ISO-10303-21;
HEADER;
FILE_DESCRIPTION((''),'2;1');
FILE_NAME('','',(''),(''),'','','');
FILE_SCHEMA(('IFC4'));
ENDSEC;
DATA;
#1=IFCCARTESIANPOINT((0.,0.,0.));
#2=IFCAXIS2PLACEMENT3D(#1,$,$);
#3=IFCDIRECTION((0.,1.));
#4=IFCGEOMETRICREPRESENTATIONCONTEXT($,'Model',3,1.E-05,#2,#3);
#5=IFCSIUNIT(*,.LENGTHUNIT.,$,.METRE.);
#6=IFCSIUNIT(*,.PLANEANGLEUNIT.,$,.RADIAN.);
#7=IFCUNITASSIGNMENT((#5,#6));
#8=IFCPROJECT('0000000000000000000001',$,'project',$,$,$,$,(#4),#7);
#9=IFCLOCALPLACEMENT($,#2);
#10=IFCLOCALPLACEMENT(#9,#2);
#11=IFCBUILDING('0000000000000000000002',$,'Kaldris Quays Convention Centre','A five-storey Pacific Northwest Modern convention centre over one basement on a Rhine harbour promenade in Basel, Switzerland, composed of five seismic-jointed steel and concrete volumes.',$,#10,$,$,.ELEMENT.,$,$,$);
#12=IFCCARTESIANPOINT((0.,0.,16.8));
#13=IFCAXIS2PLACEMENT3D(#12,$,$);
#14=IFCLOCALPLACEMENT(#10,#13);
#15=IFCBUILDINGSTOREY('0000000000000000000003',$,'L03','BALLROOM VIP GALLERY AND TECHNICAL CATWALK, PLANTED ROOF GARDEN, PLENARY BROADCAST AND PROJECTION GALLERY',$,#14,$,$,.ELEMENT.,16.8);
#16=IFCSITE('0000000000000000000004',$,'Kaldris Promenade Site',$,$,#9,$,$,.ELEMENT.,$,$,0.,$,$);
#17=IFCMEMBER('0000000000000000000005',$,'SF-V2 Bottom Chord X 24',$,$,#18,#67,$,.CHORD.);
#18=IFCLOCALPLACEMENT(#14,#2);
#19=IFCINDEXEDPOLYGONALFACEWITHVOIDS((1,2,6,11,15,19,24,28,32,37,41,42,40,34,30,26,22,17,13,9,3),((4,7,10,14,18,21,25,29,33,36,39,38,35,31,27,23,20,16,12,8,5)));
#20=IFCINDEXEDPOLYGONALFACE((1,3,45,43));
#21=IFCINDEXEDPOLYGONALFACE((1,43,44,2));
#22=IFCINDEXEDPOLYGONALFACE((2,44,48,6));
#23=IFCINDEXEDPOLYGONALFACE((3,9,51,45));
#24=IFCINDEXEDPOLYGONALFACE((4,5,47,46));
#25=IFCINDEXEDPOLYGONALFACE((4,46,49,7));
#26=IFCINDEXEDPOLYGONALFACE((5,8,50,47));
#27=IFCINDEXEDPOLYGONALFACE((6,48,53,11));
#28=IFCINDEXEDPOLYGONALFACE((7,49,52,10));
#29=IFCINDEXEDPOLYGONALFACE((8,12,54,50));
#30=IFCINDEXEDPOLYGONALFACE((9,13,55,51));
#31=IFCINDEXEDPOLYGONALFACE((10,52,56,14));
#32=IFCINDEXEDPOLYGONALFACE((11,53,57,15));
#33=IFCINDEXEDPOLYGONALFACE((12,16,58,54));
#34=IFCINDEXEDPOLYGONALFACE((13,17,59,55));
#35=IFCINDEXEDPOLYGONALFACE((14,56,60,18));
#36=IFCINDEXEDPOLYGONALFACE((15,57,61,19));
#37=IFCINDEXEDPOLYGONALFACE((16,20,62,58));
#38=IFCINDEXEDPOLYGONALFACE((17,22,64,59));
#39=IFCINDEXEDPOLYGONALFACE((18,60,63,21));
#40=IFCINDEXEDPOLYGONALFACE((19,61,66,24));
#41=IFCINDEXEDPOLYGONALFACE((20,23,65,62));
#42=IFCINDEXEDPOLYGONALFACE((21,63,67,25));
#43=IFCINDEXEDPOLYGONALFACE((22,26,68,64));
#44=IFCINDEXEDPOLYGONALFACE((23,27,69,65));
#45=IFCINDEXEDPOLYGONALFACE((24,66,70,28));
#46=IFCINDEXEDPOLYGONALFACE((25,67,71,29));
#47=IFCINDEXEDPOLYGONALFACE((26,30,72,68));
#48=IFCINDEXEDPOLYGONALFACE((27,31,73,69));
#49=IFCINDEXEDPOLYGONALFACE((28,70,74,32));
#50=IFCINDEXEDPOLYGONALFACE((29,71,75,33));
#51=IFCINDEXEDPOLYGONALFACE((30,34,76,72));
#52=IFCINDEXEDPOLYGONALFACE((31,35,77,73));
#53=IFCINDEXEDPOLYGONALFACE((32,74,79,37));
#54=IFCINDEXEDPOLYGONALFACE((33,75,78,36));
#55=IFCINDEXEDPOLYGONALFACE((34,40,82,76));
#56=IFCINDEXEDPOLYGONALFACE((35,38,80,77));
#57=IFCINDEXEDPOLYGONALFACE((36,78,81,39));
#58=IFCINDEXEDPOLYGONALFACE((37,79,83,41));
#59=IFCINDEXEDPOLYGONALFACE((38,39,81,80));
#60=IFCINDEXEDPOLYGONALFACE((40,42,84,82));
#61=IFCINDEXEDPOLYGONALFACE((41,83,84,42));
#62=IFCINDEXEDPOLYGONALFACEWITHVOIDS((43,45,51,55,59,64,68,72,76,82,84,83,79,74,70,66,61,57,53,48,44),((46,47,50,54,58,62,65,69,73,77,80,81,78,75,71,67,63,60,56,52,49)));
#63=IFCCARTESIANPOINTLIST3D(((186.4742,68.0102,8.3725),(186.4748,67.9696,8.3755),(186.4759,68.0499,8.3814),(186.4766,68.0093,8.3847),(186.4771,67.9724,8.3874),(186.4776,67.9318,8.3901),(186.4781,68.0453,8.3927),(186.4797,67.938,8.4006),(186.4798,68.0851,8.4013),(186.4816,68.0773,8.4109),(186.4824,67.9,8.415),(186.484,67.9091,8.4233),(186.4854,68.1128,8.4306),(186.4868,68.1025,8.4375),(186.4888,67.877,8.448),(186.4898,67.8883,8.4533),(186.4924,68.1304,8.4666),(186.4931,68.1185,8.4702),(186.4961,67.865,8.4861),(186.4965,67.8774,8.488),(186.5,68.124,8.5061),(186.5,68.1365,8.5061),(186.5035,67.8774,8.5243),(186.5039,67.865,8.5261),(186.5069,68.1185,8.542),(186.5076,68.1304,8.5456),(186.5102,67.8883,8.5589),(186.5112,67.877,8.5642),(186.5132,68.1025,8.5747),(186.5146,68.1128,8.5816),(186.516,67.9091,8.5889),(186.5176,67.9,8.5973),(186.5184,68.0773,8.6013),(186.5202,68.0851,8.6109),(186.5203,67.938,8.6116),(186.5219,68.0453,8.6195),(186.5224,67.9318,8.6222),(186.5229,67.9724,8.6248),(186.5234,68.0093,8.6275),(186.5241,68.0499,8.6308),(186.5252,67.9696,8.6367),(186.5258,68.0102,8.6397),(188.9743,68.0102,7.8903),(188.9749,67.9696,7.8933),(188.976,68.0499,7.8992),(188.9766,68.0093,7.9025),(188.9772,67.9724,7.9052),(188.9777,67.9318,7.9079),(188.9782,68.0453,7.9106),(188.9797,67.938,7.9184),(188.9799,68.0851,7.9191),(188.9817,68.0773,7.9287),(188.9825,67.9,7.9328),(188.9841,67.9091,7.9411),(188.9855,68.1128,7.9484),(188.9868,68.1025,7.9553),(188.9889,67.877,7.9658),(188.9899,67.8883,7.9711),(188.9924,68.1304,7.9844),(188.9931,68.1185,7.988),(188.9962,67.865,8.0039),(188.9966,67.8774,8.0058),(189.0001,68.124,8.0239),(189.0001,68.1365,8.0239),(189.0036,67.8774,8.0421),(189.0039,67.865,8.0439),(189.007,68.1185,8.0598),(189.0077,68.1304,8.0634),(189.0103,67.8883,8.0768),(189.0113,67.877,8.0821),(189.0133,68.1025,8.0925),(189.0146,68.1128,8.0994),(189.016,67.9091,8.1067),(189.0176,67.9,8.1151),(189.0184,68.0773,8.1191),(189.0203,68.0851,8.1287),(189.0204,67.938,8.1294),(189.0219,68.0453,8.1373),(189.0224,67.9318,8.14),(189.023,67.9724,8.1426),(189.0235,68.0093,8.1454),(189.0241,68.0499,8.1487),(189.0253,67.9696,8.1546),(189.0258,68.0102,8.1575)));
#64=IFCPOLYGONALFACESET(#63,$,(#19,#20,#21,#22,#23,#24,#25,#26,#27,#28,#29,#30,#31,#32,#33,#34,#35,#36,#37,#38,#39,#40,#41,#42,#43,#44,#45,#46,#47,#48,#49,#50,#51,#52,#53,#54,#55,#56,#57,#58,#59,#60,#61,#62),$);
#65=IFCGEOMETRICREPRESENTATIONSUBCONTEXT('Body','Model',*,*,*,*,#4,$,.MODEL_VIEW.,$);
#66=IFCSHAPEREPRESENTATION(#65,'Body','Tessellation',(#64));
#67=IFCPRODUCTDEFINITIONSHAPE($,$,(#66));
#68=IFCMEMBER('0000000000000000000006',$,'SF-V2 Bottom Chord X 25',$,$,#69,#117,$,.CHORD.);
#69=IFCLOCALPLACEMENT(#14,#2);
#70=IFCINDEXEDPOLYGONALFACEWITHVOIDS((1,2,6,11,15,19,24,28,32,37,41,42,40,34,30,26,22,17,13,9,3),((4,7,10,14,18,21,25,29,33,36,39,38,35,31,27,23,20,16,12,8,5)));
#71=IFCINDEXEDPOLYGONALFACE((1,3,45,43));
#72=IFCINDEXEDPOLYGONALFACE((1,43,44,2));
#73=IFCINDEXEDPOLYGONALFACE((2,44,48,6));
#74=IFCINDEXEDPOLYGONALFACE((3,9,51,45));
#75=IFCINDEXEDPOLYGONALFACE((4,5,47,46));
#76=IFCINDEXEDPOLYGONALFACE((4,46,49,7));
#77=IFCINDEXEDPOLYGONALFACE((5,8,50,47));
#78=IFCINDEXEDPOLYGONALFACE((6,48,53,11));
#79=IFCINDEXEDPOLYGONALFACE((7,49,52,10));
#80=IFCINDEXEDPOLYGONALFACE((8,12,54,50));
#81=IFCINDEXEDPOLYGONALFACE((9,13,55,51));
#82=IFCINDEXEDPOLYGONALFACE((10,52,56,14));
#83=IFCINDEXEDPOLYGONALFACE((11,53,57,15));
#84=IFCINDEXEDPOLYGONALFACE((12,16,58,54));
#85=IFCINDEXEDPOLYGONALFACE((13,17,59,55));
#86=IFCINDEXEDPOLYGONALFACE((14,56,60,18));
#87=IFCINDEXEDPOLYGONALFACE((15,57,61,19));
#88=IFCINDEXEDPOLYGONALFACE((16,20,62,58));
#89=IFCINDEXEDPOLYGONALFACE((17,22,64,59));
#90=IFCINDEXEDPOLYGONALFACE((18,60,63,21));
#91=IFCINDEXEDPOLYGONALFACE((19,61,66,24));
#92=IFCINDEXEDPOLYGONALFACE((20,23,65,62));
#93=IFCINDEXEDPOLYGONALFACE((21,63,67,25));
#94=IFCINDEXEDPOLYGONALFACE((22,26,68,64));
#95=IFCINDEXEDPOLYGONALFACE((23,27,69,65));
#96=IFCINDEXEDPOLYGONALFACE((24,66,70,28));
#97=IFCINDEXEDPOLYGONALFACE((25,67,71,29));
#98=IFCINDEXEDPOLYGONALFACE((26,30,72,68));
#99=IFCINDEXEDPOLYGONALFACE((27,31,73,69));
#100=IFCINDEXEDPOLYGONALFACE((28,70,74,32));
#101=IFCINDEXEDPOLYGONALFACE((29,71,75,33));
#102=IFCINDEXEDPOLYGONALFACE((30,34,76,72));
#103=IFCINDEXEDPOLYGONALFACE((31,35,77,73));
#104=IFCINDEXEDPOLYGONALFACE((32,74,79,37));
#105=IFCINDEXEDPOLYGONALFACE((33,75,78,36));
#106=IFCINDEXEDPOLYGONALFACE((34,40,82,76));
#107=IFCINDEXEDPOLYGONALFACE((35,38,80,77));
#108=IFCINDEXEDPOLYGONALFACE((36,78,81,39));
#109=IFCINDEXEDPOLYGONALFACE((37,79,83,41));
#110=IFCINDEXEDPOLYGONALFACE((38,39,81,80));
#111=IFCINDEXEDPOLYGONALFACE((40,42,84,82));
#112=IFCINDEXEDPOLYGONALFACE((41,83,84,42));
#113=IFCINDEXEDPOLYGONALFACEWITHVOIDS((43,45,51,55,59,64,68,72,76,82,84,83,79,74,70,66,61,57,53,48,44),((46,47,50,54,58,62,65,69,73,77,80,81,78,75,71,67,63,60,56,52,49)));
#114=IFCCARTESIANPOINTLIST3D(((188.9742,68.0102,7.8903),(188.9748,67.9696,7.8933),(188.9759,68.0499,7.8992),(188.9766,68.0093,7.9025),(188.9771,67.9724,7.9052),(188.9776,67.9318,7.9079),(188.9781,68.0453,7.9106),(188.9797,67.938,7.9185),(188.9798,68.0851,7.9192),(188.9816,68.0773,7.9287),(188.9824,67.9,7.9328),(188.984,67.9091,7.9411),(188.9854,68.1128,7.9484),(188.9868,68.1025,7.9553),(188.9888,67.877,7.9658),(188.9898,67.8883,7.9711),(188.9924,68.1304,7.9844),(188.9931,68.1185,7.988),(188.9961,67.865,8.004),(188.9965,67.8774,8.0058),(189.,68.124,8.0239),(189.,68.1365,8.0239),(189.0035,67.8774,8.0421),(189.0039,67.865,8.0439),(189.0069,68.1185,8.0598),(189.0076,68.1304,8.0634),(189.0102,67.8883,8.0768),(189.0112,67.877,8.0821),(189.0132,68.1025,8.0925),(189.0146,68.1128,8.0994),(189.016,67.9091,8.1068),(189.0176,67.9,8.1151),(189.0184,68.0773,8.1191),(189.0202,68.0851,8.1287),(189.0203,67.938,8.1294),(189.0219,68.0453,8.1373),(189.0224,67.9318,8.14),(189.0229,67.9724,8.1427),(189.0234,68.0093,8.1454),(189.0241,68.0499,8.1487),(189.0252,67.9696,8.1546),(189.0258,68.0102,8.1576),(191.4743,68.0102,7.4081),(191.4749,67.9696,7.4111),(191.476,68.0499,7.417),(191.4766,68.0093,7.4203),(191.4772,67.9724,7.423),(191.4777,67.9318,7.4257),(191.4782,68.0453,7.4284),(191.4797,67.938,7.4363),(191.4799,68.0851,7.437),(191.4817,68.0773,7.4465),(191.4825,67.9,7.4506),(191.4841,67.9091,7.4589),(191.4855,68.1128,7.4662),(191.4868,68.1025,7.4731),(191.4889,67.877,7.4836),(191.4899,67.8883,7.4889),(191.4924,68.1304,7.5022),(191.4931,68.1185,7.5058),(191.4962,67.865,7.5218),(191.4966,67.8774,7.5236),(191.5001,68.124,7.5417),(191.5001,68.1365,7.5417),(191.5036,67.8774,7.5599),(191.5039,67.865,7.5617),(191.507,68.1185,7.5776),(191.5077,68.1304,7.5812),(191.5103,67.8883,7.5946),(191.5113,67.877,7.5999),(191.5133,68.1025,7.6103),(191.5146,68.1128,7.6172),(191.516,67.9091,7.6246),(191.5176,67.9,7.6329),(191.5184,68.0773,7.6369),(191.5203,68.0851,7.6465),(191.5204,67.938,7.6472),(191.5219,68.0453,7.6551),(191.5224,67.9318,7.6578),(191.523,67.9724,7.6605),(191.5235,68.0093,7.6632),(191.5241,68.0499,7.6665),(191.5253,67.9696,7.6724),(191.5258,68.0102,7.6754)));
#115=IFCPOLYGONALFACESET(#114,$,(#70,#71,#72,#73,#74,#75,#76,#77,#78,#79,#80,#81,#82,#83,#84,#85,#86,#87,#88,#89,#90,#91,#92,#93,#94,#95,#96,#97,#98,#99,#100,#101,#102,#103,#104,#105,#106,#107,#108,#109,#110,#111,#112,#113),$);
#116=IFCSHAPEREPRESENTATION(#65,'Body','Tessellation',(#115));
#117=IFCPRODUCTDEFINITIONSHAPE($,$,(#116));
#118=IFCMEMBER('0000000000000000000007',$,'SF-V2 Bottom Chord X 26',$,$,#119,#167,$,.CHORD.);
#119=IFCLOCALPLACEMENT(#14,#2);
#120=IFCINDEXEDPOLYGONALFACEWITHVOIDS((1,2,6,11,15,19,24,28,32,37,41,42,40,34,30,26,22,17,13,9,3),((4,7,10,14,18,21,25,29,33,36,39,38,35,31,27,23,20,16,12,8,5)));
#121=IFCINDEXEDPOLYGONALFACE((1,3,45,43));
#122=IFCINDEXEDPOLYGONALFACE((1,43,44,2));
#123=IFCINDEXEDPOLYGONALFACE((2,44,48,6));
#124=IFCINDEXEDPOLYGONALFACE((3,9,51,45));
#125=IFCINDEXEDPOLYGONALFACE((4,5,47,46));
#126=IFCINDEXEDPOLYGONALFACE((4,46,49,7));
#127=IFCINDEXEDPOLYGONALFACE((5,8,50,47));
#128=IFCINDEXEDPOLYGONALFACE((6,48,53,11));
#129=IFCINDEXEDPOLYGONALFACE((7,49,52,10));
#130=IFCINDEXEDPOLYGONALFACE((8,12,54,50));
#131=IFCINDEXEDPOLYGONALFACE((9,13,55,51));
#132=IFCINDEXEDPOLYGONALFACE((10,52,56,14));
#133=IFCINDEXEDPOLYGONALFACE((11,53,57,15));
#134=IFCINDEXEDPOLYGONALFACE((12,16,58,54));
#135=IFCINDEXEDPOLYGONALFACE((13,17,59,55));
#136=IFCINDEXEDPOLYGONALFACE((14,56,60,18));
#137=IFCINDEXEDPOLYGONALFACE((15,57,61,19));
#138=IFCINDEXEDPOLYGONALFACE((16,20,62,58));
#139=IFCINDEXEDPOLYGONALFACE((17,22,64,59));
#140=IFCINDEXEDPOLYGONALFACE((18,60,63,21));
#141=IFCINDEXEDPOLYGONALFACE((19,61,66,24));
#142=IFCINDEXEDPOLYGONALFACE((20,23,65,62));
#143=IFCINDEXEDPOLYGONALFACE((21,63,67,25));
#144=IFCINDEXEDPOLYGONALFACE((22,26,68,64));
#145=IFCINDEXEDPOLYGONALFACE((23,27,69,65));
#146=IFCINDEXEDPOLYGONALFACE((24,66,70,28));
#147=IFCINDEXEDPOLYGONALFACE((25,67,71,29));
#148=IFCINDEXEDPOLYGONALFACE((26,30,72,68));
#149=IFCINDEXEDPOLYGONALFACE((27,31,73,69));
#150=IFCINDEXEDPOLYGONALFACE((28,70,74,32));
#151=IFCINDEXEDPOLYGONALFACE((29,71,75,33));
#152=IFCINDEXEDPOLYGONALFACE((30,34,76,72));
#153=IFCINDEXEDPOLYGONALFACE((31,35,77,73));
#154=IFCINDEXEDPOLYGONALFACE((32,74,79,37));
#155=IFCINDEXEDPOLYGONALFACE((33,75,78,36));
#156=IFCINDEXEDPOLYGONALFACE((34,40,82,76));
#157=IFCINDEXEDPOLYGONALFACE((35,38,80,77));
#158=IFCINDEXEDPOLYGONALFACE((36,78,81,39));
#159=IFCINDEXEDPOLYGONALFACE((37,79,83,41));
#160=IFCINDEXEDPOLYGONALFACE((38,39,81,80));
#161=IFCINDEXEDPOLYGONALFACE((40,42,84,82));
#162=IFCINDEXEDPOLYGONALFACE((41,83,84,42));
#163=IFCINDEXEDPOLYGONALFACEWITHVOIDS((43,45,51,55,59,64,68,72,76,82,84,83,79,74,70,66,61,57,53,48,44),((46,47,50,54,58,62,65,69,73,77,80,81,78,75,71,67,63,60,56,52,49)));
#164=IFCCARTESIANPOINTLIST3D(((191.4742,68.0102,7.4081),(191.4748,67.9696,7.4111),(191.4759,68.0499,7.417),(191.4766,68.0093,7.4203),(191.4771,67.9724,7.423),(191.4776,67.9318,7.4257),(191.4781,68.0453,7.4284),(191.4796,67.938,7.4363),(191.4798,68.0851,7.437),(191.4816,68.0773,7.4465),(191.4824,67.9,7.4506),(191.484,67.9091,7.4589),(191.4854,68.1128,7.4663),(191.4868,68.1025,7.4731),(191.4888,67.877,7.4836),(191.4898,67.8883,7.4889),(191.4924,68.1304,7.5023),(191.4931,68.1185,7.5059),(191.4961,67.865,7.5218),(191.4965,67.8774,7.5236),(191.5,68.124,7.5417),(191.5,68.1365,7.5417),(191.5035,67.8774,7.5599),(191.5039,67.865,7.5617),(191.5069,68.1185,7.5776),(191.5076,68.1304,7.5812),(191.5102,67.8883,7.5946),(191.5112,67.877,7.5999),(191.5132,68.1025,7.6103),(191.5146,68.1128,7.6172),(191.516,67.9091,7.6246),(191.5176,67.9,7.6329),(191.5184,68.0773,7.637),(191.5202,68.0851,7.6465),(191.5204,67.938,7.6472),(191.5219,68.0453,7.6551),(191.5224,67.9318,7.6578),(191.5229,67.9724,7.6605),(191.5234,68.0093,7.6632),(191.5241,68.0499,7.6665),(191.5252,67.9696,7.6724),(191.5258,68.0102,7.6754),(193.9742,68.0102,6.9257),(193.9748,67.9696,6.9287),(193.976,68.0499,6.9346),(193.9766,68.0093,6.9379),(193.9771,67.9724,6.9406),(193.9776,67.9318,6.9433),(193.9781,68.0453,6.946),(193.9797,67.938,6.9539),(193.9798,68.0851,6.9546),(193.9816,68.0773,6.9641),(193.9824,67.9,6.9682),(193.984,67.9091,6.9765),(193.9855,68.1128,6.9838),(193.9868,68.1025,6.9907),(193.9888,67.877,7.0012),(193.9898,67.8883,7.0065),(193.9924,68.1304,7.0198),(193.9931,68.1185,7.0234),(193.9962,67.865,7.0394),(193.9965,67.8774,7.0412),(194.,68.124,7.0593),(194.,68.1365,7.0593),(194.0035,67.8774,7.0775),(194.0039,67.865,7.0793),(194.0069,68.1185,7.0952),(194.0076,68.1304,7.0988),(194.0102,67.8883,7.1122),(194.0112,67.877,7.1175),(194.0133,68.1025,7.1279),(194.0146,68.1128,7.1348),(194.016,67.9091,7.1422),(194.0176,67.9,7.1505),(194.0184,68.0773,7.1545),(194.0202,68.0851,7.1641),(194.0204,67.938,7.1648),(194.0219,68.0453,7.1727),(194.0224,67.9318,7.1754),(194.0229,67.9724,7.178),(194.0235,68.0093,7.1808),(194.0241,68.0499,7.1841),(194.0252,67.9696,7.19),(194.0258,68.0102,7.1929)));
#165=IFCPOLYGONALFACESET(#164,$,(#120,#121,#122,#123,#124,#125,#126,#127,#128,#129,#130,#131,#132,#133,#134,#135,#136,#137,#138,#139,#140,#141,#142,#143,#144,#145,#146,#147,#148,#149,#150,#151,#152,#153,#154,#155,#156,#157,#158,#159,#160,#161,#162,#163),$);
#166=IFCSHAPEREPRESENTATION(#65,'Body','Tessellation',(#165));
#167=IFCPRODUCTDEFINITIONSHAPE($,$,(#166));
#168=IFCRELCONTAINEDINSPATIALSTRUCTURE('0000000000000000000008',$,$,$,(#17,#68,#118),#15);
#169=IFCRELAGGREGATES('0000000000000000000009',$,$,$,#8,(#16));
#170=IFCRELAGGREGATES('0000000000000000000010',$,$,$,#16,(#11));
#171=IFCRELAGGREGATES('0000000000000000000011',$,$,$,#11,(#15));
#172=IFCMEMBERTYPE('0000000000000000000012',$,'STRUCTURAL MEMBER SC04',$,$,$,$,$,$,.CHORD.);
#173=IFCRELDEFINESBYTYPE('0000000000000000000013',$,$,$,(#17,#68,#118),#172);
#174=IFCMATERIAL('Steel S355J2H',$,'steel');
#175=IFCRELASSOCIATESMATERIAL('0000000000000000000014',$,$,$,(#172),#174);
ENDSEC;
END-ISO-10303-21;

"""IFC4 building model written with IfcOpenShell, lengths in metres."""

from ifc_helpers import new_model, si_unit, direction, frame, origin, origin_2d, place, context, subcontext, project, spatial, hollow_circle, extrude, material, material_profile, profile_set, type_object, element, save


model = new_model("IFC4")

# Units and contexts
model_context = context("Model", 3, precision=1e-05, world=origin(), true_north=direction((0.0, 1.0)))
body_context = subcontext(model_context, "Body", "Model", "MODEL_VIEW")
ifc_project = project(units=[si_unit("LENGTHUNIT", "METRE"), si_unit("PLANEANGLEUNIT", "RADIAN")], contexts=[model_context])

# Site, building, storey
site_placement = place(None, origin())
site = spatial("IfcSite", under=ifc_project, at=site_placement, Name="Kaldris Promenade Site", CompositionType="ELEMENT", RefElevation=0.0)
building_placement = place(site_placement, origin())
building = spatial("IfcBuilding", under=site, at=building_placement, Name="Kaldris Quays Convention Centre", Description="A five-storey Pacific Northwest Modern convention centre over one basement on a Rhine harbour promenade in Basel, Switzerland, composed of five seismic-jointed steel and concrete volumes.", CompositionType="ELEMENT")
storey_placement = place(building_placement, frame((0.0, 0.0, 16.8)))
storey = spatial("IfcBuildingStorey", under=building, at=storey_placement, Name="L03", Description="BALLROOM VIP GALLERY AND TECHNICAL CATWALK, PLANTED ROOF GARDEN, PLENARY BROADCAST AND PROJECTION GALLERY", CompositionType="ELEMENT", Elevation=16.8)

# Members
ifc_material_1 = material(Name="Steel S355J2H", Category="steel")
ifc_material_profile_1 = material_profile(ifc_material_1, hollow_circle(Radius=0.1365, WallThickness=0.0125, at=origin_2d()), Name="CHS 273x12.5")
ifc_profile_set_1 = profile_set([ifc_material_profile_1], Name="Steel S355J2H")
member_type_1 = type_object("IfcMemberType", Name="STRUCTURAL MEMBER SC04", PredefinedType="CHORD", material=ifc_profile_set_1)
for number, where, z_axis, x_axis, name in (
    (1, (186.5, 68.0, 8.5061), (0.981904, 0.0, -0.189381), (0.0, 1.0, 0.0), "SF-V2 Bottom Chord X 24"),
    (2, (189.0, 68.0, 8.0239), (0.981904, 0.0, -0.189381), (0.0, 1.0, 0.0), "SF-V2 Bottom Chord X 25"),
    (3, (191.5, 68.0, 7.5417), (0.981886, 0.0, -0.189473), (0.0, 1.0, 0.0), "SF-V2 Bottom Chord X 26"),
):
    element("IfcMember", number, at=place(storey_placement, frame(where, z_axis=z_axis, x_axis=x_axis)), inside=storey, type_object=member_type_1, Name=name, PredefinedType="CHORD", context=body_context, shape_type="SweptSolid", body=[
        extrude(hollow_circle(Radius=0.1365, WallThickness=0.0125, at=origin_2d()), origin(), (0.0, 0.0, 1.0), 2.5461),
    ])

save(model, "model.ifc")
